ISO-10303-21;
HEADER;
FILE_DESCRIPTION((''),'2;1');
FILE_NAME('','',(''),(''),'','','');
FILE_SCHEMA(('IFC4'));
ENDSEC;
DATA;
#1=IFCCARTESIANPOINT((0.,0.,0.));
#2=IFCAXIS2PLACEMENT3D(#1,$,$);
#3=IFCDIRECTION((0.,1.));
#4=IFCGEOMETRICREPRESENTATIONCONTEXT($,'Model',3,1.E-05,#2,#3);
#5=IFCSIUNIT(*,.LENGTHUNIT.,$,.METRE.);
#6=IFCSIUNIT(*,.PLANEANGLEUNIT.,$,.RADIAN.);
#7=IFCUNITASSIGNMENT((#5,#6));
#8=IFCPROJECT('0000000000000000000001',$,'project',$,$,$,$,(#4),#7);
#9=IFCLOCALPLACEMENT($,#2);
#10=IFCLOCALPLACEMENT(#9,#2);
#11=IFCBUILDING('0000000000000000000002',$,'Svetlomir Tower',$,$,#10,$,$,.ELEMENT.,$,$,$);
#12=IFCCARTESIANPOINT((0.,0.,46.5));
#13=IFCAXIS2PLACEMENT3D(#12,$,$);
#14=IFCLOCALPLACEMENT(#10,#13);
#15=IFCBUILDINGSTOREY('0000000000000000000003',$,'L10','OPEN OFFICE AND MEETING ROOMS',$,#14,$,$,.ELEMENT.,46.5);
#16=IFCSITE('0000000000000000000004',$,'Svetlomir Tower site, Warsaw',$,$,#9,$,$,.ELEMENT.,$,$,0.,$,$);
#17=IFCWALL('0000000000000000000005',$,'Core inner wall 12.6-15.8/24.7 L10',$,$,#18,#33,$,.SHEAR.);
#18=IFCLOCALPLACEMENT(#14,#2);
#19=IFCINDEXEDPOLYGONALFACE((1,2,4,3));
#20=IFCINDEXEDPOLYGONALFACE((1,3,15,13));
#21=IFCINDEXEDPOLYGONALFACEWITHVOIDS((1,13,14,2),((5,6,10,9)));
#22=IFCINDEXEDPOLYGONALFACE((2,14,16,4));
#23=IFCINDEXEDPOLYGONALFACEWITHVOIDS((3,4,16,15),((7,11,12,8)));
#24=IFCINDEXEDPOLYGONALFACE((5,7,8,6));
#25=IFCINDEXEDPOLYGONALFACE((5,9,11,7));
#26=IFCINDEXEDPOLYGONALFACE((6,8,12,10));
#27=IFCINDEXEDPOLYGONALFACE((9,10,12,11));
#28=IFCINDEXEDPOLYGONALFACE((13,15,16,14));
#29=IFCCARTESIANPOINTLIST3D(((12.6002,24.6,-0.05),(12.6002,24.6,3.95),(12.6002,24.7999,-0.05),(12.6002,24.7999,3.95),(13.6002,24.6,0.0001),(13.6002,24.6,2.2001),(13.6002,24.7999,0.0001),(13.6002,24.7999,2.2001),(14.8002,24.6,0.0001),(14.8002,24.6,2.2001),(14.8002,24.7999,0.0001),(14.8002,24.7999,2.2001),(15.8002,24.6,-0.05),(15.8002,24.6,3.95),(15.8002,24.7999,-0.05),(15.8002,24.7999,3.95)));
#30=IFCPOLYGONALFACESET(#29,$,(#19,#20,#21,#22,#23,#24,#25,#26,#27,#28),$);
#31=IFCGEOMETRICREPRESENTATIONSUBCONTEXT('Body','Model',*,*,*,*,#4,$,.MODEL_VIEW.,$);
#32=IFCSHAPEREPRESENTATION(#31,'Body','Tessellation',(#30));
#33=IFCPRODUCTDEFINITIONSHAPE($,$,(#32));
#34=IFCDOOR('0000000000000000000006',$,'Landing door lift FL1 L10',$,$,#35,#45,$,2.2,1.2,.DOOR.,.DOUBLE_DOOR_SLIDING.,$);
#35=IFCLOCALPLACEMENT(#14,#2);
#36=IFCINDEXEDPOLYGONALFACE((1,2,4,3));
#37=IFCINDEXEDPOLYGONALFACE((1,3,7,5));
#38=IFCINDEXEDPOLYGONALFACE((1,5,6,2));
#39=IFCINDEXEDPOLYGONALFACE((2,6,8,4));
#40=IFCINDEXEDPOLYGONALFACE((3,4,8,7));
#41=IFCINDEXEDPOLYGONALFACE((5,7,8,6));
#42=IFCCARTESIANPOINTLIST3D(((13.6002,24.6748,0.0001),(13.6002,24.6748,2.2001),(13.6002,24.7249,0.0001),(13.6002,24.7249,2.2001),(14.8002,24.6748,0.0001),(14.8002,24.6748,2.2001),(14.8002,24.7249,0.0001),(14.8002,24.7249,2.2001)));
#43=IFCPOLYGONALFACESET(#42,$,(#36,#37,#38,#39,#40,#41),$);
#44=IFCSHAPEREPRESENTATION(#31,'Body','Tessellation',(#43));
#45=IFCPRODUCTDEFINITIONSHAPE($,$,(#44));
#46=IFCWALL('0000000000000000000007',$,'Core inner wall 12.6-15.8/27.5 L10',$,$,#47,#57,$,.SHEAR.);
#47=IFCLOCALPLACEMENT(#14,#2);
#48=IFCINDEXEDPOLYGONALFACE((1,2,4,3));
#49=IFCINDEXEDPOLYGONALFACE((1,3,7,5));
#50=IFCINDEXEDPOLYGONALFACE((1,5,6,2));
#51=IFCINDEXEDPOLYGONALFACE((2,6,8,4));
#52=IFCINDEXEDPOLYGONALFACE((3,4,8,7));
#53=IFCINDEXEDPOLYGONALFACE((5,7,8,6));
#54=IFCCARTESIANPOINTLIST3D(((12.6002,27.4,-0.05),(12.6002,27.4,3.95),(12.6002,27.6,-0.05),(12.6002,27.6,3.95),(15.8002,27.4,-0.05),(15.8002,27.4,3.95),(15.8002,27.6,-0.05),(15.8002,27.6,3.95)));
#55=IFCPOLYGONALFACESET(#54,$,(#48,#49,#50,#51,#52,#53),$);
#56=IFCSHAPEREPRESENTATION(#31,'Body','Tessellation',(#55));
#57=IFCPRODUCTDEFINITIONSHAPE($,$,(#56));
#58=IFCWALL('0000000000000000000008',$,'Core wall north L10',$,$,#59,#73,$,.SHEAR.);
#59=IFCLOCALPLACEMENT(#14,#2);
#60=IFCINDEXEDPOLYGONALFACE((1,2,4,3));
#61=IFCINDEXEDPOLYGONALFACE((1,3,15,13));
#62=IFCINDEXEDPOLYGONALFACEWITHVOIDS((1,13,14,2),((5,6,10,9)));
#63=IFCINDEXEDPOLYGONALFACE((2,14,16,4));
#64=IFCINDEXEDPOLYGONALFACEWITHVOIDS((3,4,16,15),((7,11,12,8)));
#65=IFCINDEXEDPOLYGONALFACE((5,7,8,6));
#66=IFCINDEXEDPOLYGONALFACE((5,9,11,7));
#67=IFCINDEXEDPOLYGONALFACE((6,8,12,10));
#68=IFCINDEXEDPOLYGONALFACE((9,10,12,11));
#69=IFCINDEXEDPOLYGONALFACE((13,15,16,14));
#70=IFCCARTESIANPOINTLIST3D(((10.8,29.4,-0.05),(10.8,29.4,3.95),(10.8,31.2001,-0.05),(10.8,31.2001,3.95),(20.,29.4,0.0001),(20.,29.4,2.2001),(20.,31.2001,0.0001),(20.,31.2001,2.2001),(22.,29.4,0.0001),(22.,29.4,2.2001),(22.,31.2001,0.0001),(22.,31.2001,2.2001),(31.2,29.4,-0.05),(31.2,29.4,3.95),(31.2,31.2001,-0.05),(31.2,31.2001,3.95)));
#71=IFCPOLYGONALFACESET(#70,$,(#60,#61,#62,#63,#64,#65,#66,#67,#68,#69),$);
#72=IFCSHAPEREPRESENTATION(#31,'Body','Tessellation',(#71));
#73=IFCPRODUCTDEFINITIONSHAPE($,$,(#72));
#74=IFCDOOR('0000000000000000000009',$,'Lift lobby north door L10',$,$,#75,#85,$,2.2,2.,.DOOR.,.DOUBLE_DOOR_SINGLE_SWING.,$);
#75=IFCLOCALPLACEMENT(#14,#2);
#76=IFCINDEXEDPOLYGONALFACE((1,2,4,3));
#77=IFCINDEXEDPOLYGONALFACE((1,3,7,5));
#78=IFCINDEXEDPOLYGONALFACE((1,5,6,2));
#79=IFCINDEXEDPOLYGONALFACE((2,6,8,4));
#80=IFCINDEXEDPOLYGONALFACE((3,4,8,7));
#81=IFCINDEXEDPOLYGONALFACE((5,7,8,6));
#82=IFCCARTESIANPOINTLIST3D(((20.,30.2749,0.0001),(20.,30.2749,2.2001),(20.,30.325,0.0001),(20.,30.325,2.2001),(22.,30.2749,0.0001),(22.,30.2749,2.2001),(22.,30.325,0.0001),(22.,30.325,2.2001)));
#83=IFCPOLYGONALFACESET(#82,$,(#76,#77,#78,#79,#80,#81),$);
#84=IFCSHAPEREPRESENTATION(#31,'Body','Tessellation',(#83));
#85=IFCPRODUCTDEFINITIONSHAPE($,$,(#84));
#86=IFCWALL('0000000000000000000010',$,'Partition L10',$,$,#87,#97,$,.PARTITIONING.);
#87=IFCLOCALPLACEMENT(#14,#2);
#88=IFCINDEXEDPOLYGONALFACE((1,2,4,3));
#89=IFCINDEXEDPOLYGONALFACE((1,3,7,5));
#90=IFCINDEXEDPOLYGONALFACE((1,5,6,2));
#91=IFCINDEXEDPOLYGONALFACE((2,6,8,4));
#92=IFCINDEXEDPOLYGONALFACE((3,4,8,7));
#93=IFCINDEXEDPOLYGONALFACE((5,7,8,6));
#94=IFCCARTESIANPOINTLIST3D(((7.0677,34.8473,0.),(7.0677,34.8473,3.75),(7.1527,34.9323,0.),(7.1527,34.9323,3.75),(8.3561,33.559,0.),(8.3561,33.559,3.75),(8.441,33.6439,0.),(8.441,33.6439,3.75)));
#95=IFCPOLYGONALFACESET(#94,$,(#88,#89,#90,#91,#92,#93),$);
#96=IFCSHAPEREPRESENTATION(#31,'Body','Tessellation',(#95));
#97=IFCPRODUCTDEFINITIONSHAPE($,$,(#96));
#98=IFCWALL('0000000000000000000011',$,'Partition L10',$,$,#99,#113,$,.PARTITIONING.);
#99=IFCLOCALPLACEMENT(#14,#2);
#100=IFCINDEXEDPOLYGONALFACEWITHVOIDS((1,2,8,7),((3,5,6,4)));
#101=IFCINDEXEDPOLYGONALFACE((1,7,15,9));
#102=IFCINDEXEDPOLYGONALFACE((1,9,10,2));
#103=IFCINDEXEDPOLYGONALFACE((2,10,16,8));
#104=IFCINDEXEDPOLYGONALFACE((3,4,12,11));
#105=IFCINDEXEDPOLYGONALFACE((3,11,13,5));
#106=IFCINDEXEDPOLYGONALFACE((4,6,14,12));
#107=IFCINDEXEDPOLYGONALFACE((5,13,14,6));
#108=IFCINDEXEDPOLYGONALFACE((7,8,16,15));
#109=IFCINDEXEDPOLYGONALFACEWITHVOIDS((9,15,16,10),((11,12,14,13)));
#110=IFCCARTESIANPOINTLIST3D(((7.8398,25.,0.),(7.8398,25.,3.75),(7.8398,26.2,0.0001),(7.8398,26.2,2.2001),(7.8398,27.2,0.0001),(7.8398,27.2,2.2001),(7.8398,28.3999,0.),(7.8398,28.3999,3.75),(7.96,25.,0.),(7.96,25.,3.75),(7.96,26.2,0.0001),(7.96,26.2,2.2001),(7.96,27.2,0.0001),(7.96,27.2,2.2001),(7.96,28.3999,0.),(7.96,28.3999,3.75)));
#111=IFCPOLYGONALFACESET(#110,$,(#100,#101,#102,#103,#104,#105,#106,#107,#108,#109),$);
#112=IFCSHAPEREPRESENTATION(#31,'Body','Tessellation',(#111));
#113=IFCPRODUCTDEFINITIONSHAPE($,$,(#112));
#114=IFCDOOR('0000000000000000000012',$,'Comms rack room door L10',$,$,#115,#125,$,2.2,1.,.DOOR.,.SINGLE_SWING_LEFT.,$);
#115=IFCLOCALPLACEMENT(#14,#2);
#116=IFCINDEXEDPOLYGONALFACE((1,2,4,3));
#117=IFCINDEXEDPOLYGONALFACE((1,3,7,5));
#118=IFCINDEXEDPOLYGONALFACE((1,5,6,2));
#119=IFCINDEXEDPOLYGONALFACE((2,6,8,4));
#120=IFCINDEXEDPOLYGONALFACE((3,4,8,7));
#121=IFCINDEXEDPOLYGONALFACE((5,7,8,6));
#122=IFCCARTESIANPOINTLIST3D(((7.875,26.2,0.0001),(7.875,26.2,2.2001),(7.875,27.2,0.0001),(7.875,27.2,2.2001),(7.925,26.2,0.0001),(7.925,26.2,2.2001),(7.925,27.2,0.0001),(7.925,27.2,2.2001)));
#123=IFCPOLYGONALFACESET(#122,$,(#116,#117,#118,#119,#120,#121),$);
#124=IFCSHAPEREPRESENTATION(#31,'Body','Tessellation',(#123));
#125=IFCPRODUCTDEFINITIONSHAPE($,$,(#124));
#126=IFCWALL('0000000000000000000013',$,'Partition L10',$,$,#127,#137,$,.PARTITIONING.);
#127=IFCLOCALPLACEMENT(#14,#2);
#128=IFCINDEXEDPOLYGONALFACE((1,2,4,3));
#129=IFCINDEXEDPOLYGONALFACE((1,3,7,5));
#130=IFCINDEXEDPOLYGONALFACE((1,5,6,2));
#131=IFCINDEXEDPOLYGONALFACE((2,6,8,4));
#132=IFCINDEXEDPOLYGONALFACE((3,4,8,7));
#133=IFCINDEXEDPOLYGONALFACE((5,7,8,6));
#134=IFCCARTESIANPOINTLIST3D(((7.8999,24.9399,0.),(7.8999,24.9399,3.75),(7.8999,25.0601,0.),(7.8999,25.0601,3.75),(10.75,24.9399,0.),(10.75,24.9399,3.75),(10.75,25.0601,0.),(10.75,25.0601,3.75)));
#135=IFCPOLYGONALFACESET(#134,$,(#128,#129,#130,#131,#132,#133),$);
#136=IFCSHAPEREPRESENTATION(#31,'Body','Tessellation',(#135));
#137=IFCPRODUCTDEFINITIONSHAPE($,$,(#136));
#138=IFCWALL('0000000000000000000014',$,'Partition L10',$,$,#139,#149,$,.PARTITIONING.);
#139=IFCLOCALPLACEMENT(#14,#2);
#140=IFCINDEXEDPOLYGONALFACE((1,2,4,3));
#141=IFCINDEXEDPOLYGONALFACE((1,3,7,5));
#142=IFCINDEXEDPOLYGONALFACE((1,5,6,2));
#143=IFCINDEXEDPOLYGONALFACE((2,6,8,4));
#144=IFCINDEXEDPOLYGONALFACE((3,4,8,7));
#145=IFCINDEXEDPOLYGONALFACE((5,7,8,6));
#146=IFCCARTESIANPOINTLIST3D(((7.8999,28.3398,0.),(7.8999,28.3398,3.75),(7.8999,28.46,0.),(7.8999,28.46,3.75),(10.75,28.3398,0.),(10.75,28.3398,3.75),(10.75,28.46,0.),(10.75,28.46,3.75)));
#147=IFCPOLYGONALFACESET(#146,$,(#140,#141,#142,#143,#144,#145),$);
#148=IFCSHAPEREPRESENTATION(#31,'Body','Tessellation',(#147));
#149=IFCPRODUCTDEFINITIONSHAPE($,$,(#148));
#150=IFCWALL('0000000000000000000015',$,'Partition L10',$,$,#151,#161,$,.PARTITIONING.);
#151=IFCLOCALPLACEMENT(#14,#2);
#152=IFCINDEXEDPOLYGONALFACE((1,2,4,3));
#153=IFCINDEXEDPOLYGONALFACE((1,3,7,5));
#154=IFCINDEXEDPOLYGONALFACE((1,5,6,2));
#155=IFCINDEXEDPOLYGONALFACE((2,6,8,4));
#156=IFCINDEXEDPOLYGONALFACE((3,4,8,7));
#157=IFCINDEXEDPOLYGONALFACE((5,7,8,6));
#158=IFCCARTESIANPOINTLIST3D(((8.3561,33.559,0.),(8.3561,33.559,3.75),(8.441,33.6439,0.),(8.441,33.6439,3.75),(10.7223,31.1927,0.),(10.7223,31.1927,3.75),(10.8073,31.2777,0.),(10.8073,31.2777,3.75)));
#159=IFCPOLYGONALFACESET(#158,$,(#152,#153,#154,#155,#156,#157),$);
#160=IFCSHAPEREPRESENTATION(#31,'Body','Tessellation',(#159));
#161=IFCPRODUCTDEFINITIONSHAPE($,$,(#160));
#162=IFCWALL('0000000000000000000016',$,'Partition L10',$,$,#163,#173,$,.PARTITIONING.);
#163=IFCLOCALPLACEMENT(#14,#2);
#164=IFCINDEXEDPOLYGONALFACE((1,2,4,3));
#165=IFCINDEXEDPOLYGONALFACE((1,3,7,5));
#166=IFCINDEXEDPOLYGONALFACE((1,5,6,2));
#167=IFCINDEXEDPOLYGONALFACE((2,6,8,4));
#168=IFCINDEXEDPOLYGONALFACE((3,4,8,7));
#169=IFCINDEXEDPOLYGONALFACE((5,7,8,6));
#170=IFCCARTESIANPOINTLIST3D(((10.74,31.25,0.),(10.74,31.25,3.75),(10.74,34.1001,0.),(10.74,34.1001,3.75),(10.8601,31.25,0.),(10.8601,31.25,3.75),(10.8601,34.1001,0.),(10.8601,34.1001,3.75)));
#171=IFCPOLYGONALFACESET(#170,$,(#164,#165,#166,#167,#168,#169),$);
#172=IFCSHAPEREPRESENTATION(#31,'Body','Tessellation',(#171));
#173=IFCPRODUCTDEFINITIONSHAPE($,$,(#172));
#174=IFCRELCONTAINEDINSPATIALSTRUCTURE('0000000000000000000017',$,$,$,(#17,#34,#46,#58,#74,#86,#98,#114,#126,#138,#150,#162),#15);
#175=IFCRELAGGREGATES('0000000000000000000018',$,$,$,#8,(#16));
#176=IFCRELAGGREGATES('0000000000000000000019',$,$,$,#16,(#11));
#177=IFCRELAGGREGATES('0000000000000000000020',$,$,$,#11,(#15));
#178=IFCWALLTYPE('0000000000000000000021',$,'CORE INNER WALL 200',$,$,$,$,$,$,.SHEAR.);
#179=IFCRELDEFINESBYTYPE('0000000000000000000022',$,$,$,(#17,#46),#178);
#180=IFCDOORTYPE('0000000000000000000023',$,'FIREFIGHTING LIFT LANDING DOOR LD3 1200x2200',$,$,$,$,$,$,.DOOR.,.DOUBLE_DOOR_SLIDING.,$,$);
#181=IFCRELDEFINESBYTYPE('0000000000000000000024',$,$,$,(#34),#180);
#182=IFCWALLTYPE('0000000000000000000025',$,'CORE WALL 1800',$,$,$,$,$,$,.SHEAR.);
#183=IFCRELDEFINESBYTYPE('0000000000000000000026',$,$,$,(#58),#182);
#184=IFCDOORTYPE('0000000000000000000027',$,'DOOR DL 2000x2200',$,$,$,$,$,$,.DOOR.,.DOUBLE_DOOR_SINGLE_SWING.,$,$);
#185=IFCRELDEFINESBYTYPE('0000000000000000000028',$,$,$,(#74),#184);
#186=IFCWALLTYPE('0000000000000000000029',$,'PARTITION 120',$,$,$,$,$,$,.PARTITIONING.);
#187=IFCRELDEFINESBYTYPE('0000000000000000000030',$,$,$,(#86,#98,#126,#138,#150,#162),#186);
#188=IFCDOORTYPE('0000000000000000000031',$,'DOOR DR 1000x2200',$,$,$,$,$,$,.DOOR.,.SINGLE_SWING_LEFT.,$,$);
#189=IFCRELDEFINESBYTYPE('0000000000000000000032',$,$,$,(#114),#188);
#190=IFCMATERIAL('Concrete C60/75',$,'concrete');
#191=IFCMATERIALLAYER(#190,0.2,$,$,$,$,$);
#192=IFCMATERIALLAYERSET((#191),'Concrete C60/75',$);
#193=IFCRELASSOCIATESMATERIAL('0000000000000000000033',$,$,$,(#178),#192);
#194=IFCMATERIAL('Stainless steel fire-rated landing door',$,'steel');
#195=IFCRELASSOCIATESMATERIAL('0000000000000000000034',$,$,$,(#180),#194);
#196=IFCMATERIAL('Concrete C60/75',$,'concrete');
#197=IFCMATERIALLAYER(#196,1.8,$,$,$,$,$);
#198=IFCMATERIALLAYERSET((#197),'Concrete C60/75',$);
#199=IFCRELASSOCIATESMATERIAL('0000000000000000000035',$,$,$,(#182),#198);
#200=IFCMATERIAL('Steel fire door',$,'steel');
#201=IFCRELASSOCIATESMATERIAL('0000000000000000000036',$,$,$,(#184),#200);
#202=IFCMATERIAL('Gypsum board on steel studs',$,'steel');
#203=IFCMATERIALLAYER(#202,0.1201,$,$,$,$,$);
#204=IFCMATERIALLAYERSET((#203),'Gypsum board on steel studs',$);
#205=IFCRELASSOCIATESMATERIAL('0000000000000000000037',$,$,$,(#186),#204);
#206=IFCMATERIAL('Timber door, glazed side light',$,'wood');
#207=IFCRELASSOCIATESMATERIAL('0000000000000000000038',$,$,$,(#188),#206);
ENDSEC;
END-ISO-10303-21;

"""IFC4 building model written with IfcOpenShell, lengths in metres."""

from ifc_helpers import new_model, si_unit, direction, frame, frame_2d, origin, place, context, subcontext, project, spatial, rectangle, extrude, material, layer, layer_set, type_object, element, fill, save


model = new_model("IFC4")

# Units and contexts
model_context = context("Model", 3, precision=1e-05, world=origin(), true_north=direction((0.0, 1.0)))
body_context = subcontext(model_context, "Body", "Model", "MODEL_VIEW")
ifc_project = project(units=[si_unit("LENGTHUNIT", "METRE"), si_unit("PLANEANGLEUNIT", "RADIAN")], contexts=[model_context])

# Site, building, storey
site_placement = place(None, origin())
site = spatial("IfcSite", under=ifc_project, at=site_placement, Name="Svetlomir Tower site, Warsaw", CompositionType="ELEMENT", RefElevation=0.0)
building_placement = place(site_placement, origin())
building = spatial("IfcBuilding", under=site, at=building_placement, Name="Svetlomir Tower", CompositionType="ELEMENT")
storey_placement = place(building_placement, frame((0.0, 0.0, 46.5)))
storey = spatial("IfcBuildingStorey", under=building, at=storey_placement, Name="L10", Description="OPEN OFFICE AND MEETING ROOMS", CompositionType="ELEMENT", Elevation=46.5)

# Wall, opening, door
ifc_material_1 = material(Name="Concrete C60/75", Category="concrete")
ifc_layer_1 = layer(ifc_material_1, 0.2)
ifc_layer_set_1 = layer_set([ifc_layer_1], Name="Concrete C60/75")
wall_type_1 = type_object("IfcWallType", Name="CORE INNER WALL 200", PredefinedType="SHEAR", material=ifc_layer_set_1)
wall_1_placement = place(storey_placement, frame((12.6001, 24.7, -0.05), z_axis=(0.0, 0.0, 1.0), x_axis=(1.0, 0.0, 0.0)))
wall_1 = element("IfcWall", 1, at=wall_1_placement, inside=storey, type_object=wall_type_1, Name="Core inner wall 12.6-15.8/24.7 L10", PredefinedType="SHEAR", context=body_context, shape_type="SweptSolid", body=[
    extrude(rectangle(XDim=3.2, YDim=0.2, at=frame_2d((1.6001, 0.0))), origin(), (0.0, 0.0, 1.0), 4.0),
])
opening_1_placement = place(wall_1_placement, frame((1.0, 0.0, 0.05)))
opening_1 = element("IfcOpeningElement", 2, at=opening_1_placement, cuts=wall_1, PredefinedType="OPENING", context=body_context, shape_type="SweptSolid", body=[
    extrude(rectangle(XDim=1.2, YDim=2.2, at=frame_2d((0.6001, 1.1001))), frame((0.0, 0.1099, 0.0), z_axis=(0.0, -1.0, 0.0), x_axis=(1.0, 0.0, 0.0)), (0.0, 0.0, 1.0), 0.22),
])
ifc_material_2 = material(Name="Stainless steel fire-rated landing door", Category="steel")
door_type_1 = type_object("IfcDoorType", Name="FIREFIGHTING LIFT LANDING DOOR LD3 1200x2200", OperationType="DOUBLE_DOOR_SLIDING", PredefinedType="DOOR", material=ifc_material_2)
door_1_placement = place(opening_1_placement, origin())
door_1 = element("IfcDoor", 3, at=door_1_placement, inside=storey, type_object=door_type_1, Name="Landing door lift FL1 L10", OperationType="DOUBLE_DOOR_SLIDING", OverallHeight=2.2, OverallWidth=1.2, PredefinedType="DOOR", context=body_context, shape_type="SweptSolid", body=[
    extrude(rectangle(XDim=1.2, YDim=2.2, at=frame_2d((0.6001, 1.1001))), frame((0.0, 0.0249, 0.0), z_axis=(0.0, -1.0, 0.0), x_axis=(1.0, 0.0, 0.0)), (0.0, 0.0, 1.0), 0.05),
])
fill(opening_1, door_1)

# Wall
wall_2_placement = place(storey_placement, frame((12.6001, 27.5, -0.05), z_axis=(0.0, 0.0, 1.0), x_axis=(1.0, 0.0, 0.0)))
element("IfcWall", 4, at=wall_2_placement, inside=storey, type_object=wall_type_1, Name="Core inner wall 12.6-15.8/27.5 L10", PredefinedType="SHEAR", context=body_context, shape_type="SweptSolid", body=[
    extrude(rectangle(XDim=3.2, YDim=0.2, at=frame_2d((1.6001, 0.0))), origin(), (0.0, 0.0, 1.0), 4.0),
])

# Wall, opening, door
ifc_material_3 = material(Name="Concrete C60/75", Category="concrete")
ifc_layer_2 = layer(ifc_material_3, 1.8)
ifc_layer_set_2 = layer_set([ifc_layer_2], Name="Concrete C60/75")
wall_type_2 = type_object("IfcWallType", Name="CORE WALL 1800", PredefinedType="SHEAR", material=ifc_layer_set_2)
wall_3_placement = place(storey_placement, frame((10.8, 30.3, -0.05), z_axis=(0.0, 0.0, 1.0), x_axis=(1.0, 0.0, 0.0)))
wall_3 = element("IfcWall", 5, at=wall_3_placement, inside=storey, type_object=wall_type_2, Name="Core wall north L10", PredefinedType="SHEAR", context=body_context, shape_type="SweptSolid", body=[
    extrude(rectangle(XDim=20.3999, YDim=1.8, at=frame_2d((10.2, 0.0))), origin(), (0.0, 0.0, 1.0), 4.0),
])
opening_2_placement = place(wall_3_placement, frame((9.2, 0.0, 0.05)))
opening_2 = element("IfcOpeningElement", 6, at=opening_2_placement, cuts=wall_3, PredefinedType="OPENING", context=body_context, shape_type="SweptSolid", body=[
    extrude(rectangle(XDim=2.0, YDim=2.2, at=frame_2d((1.0, 1.1001))), frame((0.0, 0.9102, 0.0), z_axis=(0.0, -1.0, 0.0), x_axis=(1.0, 0.0, 0.0)), (0.0, 0.0, 1.0), 1.8201),
])
ifc_material_4 = material(Name="Steel fire door", Category="steel")
door_type_2 = type_object("IfcDoorType", Name="DOOR DL 2000x2200", OperationType="DOUBLE_DOOR_SINGLE_SWING", PredefinedType="DOOR", material=ifc_material_4)
door_2_placement = place(opening_2_placement, origin())
door_2 = element("IfcDoor", 7, at=door_2_placement, inside=storey, type_object=door_type_2, Name="Lift lobby north door L10", OperationType="DOUBLE_DOOR_SINGLE_SWING", OverallHeight=2.2, OverallWidth=2.0, PredefinedType="DOOR", context=body_context, shape_type="SweptSolid", body=[
    extrude(rectangle(XDim=2.0, YDim=2.2, at=frame_2d((1.0, 1.1001))), frame((0.0, 0.0249, 0.0), z_axis=(0.0, -1.0, 0.0), x_axis=(1.0, 0.0, 0.0)), (0.0, 0.0, 1.0), 0.05),
])
fill(opening_2, door_2)

# Wall
ifc_material_5 = material(Name="Gypsum board on steel studs", Category="steel")
ifc_layer_3 = layer(ifc_material_5, 0.1201)
ifc_layer_set_3 = layer_set([ifc_layer_3], Name="Gypsum board on steel studs")
wall_type_3 = type_object("IfcWallType", Name="PARTITION 120", PredefinedType="PARTITIONING", material=ifc_layer_set_3)
wall_4_placement = place(storey_placement, frame((7.1101, 34.8899, 0.0), z_axis=(0.0, 0.0, 1.0), x_axis=(0.707107, -0.707107, 0.0)))
element("IfcWall", 8, at=wall_4_placement, inside=storey, type_object=wall_type_3, Name="Partition L10", PredefinedType="PARTITIONING", context=body_context, shape_type="SweptSolid", body=[
    extrude(rectangle(XDim=1.822, YDim=0.1201, at=frame_2d((0.9111, 0.0))), origin(), (0.0, 0.0, 1.0), 3.75),
])

# Wall, opening, door
wall_5_placement = place(storey_placement, frame((7.8999, 25.0, 0.0), z_axis=(0.0, 0.0, 1.0), x_axis=(0.0, 1.0, 0.0)))
wall_5 = element("IfcWall", 9, at=wall_5_placement, inside=storey, type_object=wall_type_3, Name="Partition L10", PredefinedType="PARTITIONING", context=body_context, shape_type="SweptSolid", body=[
    extrude(rectangle(XDim=3.3999, YDim=0.1201, at=frame_2d((1.7, 0.0))), origin(), (0.0, 0.0, 1.0), 3.75),
])
opening_3_placement = place(wall_5_placement, frame((1.2, 0.0, 0.0)))
opening_3 = element("IfcOpeningElement", 10, at=opening_3_placement, cuts=wall_5, PredefinedType="OPENING", context=body_context, shape_type="SweptSolid", body=[
    extrude(rectangle(XDim=1.0, YDim=2.2, at=frame_2d((0.5, 1.1001))), frame((0.0, 0.0701, 0.0), z_axis=(0.0, -1.0, 0.0), x_axis=(1.0, 0.0, 0.0)), (0.0, 0.0, 1.0), 0.1401),
])
ifc_material_6 = material(Name="Timber door, glazed side light", Category="wood")
door_type_3 = type_object("IfcDoorType", Name="DOOR DR 1000x2200", OperationType="SINGLE_SWING_LEFT", PredefinedType="DOOR", material=ifc_material_6)
door_3_placement = place(opening_3_placement, origin())
door_3 = element("IfcDoor", 11, at=door_3_placement, inside=storey, type_object=door_type_3, Name="Comms rack room door L10", OperationType="SINGLE_SWING_LEFT", OverallHeight=2.2, OverallWidth=1.0, PredefinedType="DOOR", context=body_context, shape_type="SweptSolid", body=[
    extrude(rectangle(XDim=1.0, YDim=2.2, at=frame_2d((0.5, 1.1001))), frame((0.0, 0.0249, 0.0), z_axis=(0.0, -1.0, 0.0), x_axis=(1.0, 0.0, 0.0)), (0.0, 0.0, 1.0), 0.05),
])
fill(opening_3, door_3)

# Walls
for number, where, z_axis, x_axis, name in (
    (12, (7.8999, 25.0, 0.0), (0.0, 0.0, 1.0), (1.0, 0.0, 0.0), "Partition L10"),
    (13, (7.8999, 28.3999, 0.0), (0.0, 0.0, 1.0), (1.0, 0.0, 0.0), "Partition L10"),
):
    element("IfcWall", number, at=place(storey_placement, frame(where, z_axis=z_axis, x_axis=x_axis)), inside=storey, type_object=wall_type_3, Name=name, PredefinedType="PARTITIONING", context=body_context, shape_type="SweptSolid", body=[
        extrude(rectangle(XDim=2.8501, YDim=0.1201, at=frame_2d((1.425, 0.0))), origin(), (0.0, 0.0, 1.0), 3.75),
    ])
wall_6_placement = place(storey_placement, frame((8.3984, 33.6016, 0.0), z_axis=(0.0, 0.0, 1.0), x_axis=(0.707107, -0.707107, 0.0)))
element("IfcWall", 14, at=wall_6_placement, inside=storey, type_object=wall_type_3, Name="Partition L10", PredefinedType="PARTITIONING", context=body_context, shape_type="SweptSolid", body=[
    extrude(rectangle(XDim=3.3464, YDim=0.1201, at=frame_2d((1.6733, 0.0))), origin(), (0.0, 0.0, 1.0), 3.75),
])
wall_7_placement = place(storey_placement, frame((10.8, 31.25, 0.0), z_axis=(0.0, 0.0, 1.0), x_axis=(0.0, 1.0, 0.0)))
element("IfcWall", 15, at=wall_7_placement, inside=storey, type_object=wall_type_3, Name="Partition L10", PredefinedType="PARTITIONING", context=body_context, shape_type="SweptSolid", body=[
    extrude(rectangle(XDim=2.8501, YDim=0.1201, at=frame_2d((1.425, 0.0))), origin(), (0.0, 0.0, 1.0), 3.75),
])

save(model, "model.ifc")
